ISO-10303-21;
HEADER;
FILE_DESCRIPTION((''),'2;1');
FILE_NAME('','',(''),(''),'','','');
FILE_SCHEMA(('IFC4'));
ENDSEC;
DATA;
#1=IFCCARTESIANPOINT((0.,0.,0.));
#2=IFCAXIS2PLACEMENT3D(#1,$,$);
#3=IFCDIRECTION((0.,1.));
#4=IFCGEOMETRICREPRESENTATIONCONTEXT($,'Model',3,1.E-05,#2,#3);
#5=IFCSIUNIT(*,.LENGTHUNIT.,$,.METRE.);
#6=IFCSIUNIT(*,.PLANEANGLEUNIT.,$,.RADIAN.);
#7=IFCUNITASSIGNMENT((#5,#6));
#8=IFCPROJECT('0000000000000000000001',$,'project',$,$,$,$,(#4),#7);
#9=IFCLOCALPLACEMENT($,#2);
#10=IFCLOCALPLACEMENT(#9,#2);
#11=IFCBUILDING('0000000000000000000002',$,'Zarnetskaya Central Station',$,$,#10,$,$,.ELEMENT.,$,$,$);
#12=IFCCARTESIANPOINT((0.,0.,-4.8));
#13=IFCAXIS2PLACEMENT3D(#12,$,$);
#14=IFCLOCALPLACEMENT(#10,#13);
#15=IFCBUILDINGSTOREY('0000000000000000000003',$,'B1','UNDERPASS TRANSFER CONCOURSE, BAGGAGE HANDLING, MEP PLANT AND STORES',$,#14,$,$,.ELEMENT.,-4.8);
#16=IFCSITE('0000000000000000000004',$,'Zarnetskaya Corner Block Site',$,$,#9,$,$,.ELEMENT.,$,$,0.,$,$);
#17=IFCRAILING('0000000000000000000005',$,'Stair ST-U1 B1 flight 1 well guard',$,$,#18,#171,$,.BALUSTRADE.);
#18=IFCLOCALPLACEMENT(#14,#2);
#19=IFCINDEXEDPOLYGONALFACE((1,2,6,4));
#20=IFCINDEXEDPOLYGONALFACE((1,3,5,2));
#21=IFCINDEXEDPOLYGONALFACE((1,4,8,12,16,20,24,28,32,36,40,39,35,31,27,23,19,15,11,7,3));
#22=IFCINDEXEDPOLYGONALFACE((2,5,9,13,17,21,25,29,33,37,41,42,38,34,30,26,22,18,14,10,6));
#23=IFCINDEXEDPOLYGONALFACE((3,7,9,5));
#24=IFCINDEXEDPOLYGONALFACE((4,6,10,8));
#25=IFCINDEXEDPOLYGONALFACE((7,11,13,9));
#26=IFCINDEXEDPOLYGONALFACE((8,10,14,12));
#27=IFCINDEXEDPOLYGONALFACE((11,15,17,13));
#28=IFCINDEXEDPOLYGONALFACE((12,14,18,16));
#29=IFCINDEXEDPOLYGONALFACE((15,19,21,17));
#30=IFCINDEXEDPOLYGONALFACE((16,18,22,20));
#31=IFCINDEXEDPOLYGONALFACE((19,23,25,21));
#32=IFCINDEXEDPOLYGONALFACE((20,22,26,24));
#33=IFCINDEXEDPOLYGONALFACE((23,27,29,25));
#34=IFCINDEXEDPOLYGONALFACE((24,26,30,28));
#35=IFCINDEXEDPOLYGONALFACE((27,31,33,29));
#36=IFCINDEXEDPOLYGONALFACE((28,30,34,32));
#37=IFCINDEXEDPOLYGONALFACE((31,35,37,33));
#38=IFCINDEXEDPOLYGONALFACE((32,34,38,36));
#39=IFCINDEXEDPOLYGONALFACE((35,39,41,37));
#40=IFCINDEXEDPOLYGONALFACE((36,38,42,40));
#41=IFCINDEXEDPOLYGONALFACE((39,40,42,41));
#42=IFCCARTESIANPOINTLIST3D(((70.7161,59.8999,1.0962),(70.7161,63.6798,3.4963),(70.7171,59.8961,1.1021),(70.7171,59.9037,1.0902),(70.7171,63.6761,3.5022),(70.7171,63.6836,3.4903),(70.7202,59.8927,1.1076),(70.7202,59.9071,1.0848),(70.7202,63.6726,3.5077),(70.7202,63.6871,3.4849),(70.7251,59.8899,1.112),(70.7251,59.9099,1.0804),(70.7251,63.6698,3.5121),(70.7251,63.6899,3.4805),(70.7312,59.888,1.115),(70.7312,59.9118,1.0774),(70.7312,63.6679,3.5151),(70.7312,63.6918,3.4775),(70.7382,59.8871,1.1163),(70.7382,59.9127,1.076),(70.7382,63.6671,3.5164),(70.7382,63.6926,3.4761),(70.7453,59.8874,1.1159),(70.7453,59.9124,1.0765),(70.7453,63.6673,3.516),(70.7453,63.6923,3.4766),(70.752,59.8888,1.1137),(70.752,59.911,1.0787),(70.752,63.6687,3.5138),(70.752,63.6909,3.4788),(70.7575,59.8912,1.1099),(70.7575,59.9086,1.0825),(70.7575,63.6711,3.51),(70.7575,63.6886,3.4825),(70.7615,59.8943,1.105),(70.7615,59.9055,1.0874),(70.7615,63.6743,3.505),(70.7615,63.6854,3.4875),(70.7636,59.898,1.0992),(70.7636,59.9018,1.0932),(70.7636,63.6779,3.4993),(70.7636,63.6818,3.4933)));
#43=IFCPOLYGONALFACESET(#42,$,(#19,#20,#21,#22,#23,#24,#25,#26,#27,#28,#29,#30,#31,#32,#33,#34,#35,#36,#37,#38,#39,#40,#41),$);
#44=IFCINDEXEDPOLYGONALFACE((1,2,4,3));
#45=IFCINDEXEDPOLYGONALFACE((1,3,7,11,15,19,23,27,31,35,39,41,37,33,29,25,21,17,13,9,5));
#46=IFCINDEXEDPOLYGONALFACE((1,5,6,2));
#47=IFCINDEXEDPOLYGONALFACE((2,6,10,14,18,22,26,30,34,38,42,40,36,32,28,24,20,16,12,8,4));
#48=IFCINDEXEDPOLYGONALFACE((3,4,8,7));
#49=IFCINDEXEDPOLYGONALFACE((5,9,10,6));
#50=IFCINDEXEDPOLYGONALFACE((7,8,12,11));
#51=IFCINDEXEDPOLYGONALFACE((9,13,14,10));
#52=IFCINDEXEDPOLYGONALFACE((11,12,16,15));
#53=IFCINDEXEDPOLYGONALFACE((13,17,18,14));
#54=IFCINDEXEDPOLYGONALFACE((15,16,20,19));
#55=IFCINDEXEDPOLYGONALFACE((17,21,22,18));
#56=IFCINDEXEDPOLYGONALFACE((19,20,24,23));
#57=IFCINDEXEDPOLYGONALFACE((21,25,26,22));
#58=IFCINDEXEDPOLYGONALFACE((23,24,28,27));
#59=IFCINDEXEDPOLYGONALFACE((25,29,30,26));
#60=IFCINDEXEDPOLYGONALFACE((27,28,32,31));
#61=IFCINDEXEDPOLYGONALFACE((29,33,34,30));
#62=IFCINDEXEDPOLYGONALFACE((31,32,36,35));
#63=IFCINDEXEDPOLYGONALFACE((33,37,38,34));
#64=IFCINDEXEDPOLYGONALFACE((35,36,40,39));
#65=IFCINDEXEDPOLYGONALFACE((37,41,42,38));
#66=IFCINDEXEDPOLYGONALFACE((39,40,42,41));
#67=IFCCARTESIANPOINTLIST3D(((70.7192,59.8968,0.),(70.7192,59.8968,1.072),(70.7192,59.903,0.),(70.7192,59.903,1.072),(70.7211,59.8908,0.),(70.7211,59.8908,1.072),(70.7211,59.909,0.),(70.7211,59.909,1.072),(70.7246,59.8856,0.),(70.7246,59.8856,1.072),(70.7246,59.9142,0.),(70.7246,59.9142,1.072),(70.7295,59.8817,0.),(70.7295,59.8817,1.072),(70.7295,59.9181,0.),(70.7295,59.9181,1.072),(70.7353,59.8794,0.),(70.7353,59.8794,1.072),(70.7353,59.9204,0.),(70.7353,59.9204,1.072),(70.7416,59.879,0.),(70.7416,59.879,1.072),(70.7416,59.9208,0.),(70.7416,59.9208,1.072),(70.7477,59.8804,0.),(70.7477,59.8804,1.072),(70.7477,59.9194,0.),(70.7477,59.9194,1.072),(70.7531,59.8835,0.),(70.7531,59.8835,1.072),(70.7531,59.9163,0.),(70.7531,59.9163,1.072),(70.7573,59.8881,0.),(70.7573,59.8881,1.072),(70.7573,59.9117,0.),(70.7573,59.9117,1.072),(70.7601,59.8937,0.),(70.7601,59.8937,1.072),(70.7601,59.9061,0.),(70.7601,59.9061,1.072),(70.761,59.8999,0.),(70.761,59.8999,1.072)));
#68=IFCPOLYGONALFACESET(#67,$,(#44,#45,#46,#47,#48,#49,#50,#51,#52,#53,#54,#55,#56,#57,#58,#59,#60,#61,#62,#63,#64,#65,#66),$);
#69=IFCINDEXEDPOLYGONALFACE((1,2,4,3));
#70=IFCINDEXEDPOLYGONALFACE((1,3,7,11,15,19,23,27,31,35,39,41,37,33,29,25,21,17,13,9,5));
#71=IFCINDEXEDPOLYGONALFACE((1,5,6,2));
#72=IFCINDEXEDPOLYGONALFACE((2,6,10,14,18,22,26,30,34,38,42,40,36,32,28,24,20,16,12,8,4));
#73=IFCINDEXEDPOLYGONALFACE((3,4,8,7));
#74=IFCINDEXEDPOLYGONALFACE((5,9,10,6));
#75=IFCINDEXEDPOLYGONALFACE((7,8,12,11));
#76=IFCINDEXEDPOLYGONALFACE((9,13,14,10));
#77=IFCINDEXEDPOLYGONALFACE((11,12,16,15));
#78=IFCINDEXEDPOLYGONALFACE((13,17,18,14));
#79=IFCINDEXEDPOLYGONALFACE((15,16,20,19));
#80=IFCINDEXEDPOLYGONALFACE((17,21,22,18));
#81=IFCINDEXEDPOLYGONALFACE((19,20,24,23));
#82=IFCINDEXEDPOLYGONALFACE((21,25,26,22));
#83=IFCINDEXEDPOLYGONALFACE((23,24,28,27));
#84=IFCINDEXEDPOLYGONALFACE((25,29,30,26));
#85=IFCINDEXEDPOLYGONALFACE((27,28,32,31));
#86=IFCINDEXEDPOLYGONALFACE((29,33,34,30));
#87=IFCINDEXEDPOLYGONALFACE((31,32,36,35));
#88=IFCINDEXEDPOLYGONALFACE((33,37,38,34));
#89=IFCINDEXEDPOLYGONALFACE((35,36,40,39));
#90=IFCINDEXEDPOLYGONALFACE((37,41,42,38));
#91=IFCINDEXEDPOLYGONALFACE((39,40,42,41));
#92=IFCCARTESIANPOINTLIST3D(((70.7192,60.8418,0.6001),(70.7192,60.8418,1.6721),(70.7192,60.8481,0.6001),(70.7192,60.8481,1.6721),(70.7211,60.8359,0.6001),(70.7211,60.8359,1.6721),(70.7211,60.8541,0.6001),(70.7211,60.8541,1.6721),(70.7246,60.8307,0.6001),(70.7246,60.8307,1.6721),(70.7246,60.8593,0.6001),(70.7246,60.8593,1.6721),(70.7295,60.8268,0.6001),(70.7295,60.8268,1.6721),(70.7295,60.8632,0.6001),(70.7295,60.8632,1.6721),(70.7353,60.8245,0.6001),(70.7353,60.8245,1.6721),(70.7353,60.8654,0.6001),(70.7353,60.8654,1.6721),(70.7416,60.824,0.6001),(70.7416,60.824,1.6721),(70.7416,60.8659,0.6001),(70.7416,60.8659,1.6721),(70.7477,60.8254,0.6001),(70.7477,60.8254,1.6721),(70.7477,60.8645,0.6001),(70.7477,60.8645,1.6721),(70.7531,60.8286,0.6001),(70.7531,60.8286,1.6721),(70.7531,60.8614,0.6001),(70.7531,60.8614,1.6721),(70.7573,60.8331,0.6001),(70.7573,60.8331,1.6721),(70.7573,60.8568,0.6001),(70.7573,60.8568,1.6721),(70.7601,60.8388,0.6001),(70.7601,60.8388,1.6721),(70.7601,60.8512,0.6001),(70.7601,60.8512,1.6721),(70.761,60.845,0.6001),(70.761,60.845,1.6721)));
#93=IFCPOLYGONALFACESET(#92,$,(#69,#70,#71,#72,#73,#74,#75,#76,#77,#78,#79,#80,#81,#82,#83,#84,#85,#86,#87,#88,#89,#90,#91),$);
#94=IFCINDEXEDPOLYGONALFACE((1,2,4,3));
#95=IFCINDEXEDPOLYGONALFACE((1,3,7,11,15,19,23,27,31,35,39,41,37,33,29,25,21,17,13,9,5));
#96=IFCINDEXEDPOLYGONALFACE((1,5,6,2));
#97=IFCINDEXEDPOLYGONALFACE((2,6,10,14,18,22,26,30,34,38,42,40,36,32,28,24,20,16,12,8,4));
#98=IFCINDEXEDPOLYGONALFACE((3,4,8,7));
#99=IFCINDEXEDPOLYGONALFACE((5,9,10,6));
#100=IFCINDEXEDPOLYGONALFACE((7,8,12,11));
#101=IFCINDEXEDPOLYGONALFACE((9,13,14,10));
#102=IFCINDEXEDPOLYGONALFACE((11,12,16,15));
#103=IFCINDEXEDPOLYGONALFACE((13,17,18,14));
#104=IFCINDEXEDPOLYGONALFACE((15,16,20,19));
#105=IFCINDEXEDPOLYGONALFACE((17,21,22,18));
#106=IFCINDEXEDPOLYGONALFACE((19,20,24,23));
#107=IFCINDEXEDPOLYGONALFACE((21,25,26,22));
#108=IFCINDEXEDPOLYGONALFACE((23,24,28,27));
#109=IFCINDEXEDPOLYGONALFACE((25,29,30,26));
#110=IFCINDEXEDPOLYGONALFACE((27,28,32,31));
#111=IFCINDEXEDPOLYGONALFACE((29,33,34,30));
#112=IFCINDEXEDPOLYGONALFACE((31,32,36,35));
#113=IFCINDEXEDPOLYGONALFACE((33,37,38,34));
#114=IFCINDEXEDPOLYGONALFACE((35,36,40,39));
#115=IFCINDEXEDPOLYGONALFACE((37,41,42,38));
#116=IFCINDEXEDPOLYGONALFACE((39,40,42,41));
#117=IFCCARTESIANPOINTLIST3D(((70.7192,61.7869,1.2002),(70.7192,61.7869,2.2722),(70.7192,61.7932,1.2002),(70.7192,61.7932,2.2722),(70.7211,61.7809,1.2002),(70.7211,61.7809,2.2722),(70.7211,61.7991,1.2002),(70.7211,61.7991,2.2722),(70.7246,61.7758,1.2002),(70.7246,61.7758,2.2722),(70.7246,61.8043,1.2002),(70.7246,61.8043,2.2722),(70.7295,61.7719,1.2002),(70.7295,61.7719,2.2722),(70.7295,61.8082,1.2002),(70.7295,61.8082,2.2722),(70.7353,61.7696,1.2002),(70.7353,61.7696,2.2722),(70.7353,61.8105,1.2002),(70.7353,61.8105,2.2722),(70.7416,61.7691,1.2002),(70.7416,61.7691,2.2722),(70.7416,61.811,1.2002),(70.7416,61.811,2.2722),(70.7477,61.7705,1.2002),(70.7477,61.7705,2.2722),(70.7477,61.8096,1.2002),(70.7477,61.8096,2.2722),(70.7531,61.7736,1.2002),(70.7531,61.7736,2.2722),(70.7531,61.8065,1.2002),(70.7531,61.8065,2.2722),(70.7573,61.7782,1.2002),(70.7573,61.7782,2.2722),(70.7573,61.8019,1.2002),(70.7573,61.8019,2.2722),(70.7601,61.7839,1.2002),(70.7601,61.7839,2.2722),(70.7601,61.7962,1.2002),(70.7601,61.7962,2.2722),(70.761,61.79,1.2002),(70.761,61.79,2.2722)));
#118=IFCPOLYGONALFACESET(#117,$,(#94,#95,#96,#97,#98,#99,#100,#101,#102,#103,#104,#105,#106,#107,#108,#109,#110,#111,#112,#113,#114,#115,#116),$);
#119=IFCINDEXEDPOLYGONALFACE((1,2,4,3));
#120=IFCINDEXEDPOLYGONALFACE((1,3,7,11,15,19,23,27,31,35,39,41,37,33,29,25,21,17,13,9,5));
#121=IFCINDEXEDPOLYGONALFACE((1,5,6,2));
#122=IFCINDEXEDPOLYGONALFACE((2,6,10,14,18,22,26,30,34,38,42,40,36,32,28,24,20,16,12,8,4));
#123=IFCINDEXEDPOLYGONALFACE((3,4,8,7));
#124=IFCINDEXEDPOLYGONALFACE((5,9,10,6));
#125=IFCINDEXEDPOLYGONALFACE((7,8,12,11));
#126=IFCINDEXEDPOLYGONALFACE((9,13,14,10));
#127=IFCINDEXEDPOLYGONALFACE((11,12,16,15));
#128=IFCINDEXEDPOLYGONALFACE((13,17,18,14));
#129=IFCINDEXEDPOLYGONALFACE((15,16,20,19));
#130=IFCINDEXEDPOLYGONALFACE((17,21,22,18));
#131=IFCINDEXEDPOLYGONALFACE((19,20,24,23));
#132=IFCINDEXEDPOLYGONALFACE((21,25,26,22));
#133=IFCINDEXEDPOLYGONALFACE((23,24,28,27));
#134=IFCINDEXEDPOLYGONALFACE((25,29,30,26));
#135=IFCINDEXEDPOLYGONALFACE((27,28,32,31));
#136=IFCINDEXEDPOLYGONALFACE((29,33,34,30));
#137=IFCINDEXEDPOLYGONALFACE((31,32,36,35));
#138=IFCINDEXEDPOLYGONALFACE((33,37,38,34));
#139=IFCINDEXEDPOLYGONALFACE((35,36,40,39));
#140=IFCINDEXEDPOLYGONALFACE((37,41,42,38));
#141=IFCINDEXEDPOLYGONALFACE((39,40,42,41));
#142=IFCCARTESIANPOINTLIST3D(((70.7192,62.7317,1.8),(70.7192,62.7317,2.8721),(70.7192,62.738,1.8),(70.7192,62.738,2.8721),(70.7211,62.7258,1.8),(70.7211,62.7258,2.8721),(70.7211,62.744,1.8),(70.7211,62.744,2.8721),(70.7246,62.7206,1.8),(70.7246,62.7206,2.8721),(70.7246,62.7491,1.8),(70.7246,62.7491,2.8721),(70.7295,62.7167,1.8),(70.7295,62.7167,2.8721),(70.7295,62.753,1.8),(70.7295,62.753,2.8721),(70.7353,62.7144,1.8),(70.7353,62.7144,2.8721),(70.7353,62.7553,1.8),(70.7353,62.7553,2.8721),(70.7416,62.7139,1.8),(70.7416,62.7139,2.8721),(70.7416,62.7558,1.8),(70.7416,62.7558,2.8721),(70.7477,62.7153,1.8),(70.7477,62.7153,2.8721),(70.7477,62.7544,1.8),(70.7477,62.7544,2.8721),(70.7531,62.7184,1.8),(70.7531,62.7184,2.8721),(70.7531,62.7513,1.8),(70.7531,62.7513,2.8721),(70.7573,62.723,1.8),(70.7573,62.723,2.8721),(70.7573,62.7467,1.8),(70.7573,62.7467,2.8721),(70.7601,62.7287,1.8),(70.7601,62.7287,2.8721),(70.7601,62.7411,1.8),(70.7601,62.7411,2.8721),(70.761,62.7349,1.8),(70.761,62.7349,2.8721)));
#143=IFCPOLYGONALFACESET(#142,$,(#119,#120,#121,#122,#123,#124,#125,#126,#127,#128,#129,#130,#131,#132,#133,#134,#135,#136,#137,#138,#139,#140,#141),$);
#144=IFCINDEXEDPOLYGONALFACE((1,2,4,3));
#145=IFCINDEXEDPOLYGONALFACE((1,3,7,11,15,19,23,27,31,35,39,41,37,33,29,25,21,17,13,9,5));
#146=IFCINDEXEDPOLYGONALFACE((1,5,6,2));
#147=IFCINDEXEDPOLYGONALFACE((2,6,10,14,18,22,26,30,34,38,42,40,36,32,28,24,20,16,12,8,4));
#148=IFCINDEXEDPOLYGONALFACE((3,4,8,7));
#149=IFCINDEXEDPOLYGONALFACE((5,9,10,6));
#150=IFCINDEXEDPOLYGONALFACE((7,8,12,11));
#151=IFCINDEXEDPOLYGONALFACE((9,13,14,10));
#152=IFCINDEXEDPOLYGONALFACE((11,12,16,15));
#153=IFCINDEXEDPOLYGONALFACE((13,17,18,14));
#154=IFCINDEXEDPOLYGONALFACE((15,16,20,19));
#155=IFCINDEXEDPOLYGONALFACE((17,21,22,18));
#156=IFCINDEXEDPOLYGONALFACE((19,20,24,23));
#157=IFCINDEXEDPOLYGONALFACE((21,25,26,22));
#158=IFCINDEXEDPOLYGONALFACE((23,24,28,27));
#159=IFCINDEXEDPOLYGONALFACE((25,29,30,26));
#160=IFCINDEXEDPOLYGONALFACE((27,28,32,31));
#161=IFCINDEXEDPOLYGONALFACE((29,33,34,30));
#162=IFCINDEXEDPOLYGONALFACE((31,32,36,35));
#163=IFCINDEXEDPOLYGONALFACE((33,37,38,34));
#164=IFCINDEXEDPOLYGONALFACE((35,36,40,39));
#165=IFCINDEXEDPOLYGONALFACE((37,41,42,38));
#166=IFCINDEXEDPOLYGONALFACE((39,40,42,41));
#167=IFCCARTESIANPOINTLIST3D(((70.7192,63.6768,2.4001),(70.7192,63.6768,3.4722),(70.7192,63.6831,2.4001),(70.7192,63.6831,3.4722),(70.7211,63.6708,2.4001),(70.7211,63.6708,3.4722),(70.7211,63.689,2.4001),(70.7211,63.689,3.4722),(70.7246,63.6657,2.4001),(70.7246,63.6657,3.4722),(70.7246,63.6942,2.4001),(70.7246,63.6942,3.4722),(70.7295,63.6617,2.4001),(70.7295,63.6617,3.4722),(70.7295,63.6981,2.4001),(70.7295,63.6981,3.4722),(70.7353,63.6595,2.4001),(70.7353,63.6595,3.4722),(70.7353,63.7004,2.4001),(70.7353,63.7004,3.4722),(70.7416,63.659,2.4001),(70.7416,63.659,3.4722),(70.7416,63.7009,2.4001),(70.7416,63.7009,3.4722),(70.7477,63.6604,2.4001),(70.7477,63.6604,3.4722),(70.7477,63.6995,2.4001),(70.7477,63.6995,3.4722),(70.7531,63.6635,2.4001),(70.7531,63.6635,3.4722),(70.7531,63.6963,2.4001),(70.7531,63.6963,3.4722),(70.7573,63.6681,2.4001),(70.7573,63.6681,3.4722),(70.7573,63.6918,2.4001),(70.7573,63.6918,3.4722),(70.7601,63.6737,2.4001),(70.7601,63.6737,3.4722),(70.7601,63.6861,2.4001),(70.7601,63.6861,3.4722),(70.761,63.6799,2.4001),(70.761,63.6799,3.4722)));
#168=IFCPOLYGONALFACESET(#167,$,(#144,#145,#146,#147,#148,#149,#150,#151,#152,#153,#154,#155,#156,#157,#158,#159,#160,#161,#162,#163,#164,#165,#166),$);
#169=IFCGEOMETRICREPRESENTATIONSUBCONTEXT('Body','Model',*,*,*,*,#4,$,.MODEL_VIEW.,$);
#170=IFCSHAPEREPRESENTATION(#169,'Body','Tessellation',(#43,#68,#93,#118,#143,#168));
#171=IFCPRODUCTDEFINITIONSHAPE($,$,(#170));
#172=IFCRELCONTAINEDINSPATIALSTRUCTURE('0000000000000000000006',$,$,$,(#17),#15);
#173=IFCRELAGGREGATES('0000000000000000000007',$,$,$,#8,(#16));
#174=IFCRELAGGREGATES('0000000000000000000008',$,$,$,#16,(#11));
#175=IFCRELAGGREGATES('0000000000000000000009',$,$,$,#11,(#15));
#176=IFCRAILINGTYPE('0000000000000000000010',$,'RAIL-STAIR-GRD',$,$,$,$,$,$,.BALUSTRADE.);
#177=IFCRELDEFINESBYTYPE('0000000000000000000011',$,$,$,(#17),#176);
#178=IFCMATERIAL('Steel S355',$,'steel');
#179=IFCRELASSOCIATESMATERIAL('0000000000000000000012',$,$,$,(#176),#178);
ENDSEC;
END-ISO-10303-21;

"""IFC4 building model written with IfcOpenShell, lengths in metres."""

from ifc_helpers import new_model, si_unit, direction, frame, origin, origin_2d, place, context, subcontext, project, spatial, circle, extrude, material, type_object, element, save


model = new_model("IFC4")

# Units and contexts
model_context = context("Model", 3, precision=1e-05, world=origin(), true_north=direction((0.0, 1.0)))
body_context = subcontext(model_context, "Body", "Model", "MODEL_VIEW")
ifc_project = project(units=[si_unit("LENGTHUNIT", "METRE"), si_unit("PLANEANGLEUNIT", "RADIAN")], contexts=[model_context])

# Site, building, storey
site_placement = place(None, origin())
site = spatial("IfcSite", under=ifc_project, at=site_placement, Name="Zarnetskaya Corner Block Site", CompositionType="ELEMENT", RefElevation=0.0)
building_placement = place(site_placement, origin())
building = spatial("IfcBuilding", under=site, at=building_placement, Name="Zarnetskaya Central Station", CompositionType="ELEMENT")
storey_placement = place(building_placement, frame((0.0, 0.0, -4.8)))
storey = spatial("IfcBuildingStorey", under=building, at=storey_placement, Name="B1", Description="UNDERPASS TRANSFER CONCOURSE, BAGGAGE HANDLING, MEP PLANT AND STORES", CompositionType="ELEMENT", Elevation=-4.8)

# Railing
ifc_material_1 = material(Name="Steel S355", Category="steel")
railing_type_1 = type_object("IfcRailingType", Name="RAIL-STAIR-GRD", PredefinedType="BALUSTRADE", material=ifc_material_1)
railing_1_placement = place(storey_placement, frame((70.74, 59.8999, 0.0)))
element("IfcRailing", 1, at=railing_1_placement, inside=storey, type_object=railing_type_1, Name="Stair ST-U1 B1 flight 1 well guard", PredefinedType="BALUSTRADE", context=body_context, shape_type="SweptSolid", body=[
    extrude(circle(Radius=0.0239, at=origin_2d()), frame((0.0, 0.0, 1.0962), z_axis=(0.0, 0.8442, 0.536028), x_axis=(-1.0, 0.0, 0.0)), (0.0, 0.0, 1.0), 4.4775),
    extrude(circle(Radius=0.021, at=origin_2d()), origin(), (0.0, 0.0, 1.0), 1.072),
    extrude(circle(Radius=0.021, at=origin_2d()), frame((0.0, 0.9451, 0.6001)), (0.0, 0.0, 1.0), 1.072),
    extrude(circle(Radius=0.021, at=origin_2d()), frame((0.0, 1.8901, 1.2002)), (0.0, 0.0, 1.0), 1.072),
    extrude(circle(Radius=0.021, at=origin_2d()), frame((0.0, 2.835, 1.8)), (0.0, 0.0, 1.0), 1.072),
    extrude(circle(Radius=0.021, at=origin_2d()), frame((0.0, 3.78, 2.4001)), (0.0, 0.0, 1.0), 1.072),
])

save(model, "model.ifc")
